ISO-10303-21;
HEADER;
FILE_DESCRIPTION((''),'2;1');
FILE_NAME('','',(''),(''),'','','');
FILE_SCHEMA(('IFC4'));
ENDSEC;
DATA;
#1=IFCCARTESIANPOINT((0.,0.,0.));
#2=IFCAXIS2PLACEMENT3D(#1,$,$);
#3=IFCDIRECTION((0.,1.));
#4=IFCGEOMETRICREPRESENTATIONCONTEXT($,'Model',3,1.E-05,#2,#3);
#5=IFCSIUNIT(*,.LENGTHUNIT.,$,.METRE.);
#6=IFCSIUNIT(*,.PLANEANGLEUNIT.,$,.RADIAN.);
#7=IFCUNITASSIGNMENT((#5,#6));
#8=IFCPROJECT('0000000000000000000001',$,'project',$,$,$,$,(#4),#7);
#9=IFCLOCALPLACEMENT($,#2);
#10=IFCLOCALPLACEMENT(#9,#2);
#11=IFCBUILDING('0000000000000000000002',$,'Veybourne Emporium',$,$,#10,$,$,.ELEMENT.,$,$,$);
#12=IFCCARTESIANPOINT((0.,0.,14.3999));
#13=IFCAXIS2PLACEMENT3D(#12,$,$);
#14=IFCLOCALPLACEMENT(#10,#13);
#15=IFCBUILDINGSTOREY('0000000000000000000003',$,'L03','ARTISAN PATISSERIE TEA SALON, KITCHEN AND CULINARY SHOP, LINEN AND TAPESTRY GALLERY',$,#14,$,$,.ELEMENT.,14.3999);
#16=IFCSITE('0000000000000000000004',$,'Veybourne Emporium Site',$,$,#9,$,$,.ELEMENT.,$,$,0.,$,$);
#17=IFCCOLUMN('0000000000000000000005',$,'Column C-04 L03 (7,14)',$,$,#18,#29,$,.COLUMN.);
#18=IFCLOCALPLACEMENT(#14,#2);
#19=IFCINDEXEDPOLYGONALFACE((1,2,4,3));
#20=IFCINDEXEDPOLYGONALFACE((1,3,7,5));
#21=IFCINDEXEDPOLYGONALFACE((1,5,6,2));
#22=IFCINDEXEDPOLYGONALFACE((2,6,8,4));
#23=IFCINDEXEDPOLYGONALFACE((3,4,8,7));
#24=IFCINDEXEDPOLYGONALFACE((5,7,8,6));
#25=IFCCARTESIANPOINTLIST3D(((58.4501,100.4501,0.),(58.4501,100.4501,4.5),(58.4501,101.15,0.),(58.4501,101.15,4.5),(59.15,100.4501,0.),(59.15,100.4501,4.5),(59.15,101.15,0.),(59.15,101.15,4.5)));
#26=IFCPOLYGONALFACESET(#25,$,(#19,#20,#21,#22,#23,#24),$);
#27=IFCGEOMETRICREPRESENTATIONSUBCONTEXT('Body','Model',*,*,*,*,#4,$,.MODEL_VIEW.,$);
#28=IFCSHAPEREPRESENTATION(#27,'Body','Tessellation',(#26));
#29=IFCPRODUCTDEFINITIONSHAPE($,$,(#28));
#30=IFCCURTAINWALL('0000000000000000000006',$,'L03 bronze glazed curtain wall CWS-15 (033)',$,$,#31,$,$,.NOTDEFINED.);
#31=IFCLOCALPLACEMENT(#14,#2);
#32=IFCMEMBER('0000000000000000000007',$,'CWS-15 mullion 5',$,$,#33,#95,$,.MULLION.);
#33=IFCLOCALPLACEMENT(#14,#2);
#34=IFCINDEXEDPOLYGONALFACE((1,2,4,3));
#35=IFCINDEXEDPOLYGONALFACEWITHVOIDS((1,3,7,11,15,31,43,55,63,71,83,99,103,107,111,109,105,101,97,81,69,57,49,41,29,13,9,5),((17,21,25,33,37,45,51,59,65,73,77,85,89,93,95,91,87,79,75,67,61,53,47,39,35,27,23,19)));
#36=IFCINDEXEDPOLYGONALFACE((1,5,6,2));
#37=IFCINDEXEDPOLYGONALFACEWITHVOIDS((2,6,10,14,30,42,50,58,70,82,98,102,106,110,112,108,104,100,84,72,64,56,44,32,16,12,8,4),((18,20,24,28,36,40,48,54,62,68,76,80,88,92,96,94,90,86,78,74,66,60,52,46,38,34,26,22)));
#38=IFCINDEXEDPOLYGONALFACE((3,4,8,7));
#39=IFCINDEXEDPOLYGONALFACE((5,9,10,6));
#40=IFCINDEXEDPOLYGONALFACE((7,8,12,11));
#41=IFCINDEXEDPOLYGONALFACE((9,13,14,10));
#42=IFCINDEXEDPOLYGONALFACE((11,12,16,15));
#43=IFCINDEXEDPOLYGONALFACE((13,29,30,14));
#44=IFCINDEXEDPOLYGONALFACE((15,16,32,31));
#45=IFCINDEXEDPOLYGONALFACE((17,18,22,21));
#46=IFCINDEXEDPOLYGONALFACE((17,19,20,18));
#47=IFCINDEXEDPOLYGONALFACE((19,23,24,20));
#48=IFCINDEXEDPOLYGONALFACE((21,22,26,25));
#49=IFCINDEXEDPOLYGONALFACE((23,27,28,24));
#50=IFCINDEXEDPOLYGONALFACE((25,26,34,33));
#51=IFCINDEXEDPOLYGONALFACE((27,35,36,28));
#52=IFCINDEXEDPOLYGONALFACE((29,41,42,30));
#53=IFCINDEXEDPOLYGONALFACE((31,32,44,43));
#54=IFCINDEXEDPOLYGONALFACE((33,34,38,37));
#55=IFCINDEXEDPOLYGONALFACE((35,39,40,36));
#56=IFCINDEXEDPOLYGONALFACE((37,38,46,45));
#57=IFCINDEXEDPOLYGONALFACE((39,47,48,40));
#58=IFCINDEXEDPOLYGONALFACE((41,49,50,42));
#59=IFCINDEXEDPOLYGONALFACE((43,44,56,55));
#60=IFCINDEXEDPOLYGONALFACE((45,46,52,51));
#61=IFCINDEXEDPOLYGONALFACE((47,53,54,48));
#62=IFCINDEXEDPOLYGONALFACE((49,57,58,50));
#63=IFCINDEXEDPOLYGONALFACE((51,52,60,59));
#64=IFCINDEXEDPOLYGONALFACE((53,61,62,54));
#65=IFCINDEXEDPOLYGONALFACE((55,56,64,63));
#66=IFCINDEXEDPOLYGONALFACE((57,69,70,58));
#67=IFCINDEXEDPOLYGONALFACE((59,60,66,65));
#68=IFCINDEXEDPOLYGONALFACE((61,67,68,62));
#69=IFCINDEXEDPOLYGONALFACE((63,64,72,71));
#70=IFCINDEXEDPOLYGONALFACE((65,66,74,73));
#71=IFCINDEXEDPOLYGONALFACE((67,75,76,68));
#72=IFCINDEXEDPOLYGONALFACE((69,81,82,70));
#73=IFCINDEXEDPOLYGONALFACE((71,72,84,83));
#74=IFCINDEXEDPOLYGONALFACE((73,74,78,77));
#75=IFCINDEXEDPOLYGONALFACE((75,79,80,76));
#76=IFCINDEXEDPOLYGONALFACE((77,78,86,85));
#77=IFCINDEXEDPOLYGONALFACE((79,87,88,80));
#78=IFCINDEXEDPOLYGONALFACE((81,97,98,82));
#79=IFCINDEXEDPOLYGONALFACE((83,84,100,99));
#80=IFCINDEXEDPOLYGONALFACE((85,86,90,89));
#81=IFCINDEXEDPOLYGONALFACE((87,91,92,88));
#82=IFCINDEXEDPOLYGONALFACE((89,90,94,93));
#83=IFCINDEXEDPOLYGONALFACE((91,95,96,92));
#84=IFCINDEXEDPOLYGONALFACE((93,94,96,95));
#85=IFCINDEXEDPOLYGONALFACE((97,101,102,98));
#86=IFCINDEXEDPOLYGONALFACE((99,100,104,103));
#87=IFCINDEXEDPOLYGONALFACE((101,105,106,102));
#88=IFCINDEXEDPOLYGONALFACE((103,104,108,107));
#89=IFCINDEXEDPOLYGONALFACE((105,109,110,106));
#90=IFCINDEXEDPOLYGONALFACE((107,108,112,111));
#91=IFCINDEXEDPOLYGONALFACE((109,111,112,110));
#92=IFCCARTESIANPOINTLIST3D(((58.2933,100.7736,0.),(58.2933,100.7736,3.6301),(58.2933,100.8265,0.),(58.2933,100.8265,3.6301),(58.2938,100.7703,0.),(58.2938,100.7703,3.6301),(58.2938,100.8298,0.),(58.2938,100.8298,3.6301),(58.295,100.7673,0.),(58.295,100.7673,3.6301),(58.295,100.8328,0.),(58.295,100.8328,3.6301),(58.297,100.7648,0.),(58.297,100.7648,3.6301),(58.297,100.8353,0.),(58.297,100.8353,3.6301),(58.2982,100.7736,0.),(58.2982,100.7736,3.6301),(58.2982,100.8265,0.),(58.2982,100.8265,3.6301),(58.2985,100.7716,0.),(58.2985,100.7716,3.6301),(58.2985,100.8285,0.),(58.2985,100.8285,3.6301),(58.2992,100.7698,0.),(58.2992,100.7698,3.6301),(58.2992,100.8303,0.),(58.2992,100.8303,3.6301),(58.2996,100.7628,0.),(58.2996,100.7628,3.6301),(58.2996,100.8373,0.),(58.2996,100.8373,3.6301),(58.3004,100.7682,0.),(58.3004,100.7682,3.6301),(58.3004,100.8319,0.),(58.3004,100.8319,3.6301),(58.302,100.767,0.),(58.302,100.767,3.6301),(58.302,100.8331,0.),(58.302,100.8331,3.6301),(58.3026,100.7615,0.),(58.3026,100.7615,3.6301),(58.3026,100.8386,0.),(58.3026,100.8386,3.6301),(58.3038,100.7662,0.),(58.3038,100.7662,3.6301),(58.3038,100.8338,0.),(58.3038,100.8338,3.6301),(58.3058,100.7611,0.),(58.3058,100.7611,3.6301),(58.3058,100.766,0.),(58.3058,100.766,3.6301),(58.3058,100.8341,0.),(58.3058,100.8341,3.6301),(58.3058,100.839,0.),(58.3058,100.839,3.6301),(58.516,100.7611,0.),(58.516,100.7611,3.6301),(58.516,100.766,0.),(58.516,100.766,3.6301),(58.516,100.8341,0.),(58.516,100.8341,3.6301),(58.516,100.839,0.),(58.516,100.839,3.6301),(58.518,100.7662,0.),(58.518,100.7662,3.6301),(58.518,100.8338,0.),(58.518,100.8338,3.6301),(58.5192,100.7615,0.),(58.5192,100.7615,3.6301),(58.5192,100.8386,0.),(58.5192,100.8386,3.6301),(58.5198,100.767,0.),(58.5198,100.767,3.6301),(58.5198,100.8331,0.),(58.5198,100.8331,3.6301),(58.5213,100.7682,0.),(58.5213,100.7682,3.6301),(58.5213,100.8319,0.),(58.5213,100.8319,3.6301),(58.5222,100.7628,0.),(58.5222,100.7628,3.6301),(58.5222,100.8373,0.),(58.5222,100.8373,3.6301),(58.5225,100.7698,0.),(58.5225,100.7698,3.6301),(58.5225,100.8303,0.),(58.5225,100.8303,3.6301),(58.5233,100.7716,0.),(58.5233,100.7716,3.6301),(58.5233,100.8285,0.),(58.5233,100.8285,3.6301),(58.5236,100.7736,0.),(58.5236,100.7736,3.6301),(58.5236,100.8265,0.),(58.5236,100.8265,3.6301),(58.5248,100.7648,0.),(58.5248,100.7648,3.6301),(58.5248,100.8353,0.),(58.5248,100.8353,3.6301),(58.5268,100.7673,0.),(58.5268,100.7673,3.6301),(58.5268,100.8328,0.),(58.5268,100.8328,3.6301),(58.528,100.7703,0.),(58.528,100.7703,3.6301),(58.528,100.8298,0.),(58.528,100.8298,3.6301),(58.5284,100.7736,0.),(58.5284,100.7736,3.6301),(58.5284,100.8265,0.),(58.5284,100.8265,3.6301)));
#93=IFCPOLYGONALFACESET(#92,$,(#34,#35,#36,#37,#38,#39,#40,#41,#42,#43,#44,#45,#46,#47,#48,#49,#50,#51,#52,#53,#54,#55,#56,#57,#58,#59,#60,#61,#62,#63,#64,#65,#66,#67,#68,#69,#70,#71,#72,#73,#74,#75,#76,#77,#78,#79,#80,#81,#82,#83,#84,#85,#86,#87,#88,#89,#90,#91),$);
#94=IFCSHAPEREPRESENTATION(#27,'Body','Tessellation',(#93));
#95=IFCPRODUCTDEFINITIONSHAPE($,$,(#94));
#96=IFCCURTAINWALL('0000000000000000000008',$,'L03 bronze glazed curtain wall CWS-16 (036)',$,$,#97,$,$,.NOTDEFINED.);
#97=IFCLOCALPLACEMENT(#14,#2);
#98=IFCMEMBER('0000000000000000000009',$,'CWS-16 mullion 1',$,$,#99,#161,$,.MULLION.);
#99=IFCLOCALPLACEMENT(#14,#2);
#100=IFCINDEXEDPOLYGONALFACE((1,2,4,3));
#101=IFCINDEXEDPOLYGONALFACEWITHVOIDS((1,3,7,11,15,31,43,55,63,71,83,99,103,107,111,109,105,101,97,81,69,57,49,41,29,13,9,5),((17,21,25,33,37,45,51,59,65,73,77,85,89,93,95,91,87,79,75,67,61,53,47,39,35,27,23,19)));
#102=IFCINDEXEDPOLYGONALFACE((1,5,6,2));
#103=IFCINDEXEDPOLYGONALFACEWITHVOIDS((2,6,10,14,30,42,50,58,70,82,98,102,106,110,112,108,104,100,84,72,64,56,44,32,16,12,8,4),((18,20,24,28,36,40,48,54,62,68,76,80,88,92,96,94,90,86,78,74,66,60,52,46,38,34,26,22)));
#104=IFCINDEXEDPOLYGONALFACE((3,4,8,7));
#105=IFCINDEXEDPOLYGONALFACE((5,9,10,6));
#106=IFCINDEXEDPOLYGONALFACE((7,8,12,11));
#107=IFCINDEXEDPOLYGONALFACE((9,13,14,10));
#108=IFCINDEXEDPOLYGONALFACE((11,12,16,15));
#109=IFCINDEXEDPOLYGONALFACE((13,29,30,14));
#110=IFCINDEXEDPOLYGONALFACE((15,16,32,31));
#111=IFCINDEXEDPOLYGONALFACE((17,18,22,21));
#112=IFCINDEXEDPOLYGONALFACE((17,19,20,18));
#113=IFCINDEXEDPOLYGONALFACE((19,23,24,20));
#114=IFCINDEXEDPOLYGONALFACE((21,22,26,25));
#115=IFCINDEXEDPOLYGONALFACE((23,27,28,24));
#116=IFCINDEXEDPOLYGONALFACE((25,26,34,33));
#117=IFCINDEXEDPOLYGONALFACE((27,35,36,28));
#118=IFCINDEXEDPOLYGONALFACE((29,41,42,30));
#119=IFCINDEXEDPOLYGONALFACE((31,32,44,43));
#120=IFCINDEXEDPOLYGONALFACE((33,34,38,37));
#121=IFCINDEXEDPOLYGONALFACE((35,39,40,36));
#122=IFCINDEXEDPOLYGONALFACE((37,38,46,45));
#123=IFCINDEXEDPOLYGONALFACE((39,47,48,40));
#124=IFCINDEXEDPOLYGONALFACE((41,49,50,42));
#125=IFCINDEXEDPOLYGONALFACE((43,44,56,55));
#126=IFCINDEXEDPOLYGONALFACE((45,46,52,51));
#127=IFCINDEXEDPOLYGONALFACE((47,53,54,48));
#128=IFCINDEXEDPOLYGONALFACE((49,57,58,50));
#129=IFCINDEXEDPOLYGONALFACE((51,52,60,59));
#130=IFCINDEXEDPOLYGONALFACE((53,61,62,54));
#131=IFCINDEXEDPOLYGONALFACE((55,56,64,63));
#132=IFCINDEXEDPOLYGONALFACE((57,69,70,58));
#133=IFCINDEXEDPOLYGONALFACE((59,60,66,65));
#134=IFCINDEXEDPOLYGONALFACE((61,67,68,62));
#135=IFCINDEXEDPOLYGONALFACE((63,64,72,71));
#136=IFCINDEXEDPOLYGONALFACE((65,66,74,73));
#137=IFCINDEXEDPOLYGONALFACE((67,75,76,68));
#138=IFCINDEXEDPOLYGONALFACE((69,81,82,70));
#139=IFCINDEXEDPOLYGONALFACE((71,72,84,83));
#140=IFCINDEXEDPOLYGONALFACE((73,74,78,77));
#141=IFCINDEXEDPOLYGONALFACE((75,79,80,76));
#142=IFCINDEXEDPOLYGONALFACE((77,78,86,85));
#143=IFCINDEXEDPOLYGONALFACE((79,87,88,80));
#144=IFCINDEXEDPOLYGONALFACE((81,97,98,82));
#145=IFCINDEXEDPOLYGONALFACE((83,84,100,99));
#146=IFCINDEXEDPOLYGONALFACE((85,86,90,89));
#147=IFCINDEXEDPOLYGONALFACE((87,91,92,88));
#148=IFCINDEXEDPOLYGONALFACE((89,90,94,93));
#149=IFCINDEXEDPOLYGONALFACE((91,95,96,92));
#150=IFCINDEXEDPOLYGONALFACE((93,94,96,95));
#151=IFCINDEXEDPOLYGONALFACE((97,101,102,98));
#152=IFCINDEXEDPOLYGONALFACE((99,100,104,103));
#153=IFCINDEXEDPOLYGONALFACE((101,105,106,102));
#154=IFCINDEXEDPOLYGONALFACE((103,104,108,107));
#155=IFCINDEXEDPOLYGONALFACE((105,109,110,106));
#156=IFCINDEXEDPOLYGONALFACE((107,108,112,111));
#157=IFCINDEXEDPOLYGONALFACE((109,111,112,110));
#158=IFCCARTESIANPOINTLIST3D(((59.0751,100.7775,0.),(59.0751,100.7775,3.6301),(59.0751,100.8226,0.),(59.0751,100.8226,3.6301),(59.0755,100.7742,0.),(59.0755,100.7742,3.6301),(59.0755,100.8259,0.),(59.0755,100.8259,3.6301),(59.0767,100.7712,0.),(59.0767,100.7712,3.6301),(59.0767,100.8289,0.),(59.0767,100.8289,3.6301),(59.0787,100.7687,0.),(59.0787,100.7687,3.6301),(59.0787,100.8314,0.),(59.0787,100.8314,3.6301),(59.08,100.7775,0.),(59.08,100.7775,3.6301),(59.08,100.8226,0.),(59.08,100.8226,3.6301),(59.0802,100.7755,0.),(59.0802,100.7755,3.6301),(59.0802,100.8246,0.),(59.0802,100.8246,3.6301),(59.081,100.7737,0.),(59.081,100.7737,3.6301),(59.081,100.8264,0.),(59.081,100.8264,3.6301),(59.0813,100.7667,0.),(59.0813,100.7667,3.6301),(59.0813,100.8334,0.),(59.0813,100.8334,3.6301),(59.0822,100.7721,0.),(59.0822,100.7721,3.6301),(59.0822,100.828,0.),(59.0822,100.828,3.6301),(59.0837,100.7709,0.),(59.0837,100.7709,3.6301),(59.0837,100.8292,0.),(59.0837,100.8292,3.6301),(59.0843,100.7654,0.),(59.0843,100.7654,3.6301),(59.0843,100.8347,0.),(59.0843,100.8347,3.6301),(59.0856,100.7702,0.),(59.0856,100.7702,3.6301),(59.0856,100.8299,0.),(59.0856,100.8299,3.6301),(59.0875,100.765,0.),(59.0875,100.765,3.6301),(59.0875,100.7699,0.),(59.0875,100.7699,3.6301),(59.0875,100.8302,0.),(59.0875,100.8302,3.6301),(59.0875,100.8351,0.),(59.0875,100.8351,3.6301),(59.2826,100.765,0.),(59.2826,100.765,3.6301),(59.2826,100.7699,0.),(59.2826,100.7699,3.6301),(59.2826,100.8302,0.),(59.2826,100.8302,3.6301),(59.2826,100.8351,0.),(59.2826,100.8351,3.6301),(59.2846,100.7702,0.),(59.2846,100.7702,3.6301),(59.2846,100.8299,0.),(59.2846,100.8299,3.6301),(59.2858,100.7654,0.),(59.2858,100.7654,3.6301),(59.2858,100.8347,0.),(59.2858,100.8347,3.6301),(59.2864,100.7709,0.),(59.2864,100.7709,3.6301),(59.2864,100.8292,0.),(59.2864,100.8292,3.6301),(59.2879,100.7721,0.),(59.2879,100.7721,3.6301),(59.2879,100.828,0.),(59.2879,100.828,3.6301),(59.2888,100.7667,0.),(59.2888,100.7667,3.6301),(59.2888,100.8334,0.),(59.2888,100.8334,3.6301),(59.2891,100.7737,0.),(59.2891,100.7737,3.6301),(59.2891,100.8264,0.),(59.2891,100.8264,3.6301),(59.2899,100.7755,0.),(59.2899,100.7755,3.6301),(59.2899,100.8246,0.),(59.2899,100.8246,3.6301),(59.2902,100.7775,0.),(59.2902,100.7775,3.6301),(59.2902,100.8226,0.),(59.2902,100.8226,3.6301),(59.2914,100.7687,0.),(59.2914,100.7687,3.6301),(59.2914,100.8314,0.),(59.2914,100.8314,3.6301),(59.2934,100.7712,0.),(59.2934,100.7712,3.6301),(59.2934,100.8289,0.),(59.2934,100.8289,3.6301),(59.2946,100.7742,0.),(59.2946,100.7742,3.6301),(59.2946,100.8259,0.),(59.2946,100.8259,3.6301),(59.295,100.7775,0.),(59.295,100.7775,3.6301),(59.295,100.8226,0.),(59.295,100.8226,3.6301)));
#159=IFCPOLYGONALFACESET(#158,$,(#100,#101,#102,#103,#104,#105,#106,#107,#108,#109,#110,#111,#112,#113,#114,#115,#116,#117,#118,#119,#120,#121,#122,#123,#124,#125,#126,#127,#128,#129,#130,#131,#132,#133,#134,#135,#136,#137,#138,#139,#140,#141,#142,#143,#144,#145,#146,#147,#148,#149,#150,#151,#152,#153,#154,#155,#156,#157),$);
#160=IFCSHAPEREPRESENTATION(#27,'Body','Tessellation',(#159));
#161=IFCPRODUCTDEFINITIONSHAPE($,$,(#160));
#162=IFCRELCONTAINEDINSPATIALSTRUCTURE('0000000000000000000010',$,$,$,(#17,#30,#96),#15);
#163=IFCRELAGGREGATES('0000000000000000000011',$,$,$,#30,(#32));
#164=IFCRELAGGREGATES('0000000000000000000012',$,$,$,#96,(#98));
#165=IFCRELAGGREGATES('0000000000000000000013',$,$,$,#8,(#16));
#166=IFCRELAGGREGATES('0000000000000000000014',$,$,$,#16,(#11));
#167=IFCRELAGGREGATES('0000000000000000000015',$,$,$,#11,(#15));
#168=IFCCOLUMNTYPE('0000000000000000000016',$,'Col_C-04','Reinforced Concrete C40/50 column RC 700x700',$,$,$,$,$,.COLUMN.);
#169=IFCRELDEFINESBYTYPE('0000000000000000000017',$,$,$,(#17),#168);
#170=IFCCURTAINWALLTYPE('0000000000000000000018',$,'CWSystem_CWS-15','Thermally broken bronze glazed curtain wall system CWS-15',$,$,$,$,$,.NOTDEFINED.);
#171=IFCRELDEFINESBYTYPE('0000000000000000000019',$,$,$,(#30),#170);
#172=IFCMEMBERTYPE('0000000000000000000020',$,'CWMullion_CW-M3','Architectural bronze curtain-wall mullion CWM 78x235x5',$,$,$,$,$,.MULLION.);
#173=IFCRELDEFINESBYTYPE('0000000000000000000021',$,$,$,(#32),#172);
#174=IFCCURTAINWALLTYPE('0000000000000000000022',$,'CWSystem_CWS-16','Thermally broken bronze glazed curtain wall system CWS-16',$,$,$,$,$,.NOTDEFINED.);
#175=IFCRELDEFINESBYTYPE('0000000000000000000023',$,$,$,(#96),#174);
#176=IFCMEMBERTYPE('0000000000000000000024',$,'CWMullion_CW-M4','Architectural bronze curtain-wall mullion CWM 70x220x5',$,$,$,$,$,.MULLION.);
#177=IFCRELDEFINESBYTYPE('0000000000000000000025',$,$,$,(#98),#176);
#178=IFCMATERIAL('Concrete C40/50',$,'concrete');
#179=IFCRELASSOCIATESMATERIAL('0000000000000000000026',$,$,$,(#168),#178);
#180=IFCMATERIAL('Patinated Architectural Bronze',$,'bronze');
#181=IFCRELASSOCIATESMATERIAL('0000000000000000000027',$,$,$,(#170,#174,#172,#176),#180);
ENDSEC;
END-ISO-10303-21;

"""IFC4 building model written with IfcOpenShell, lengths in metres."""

from ifc_helpers import new_model, si_unit, direction, frame, origin, origin_2d, place, context, subcontext, project, spatial, rectangle, hollow_rectangle, extrude, material, material_profile, profile_set, type_object, element, aggregate, save


model = new_model("IFC4")

# Units and contexts
model_context = context("Model", 3, precision=1e-05, world=origin(), true_north=direction((0.0, 1.0)))
body_context = subcontext(model_context, "Body", "Model", "MODEL_VIEW")
ifc_project = project(units=[si_unit("LENGTHUNIT", "METRE"), si_unit("PLANEANGLEUNIT", "RADIAN")], contexts=[model_context])

# Site, building, storey
site_placement = place(None, origin())
site = spatial("IfcSite", under=ifc_project, at=site_placement, Name="Veybourne Emporium Site", CompositionType="ELEMENT", RefElevation=0.0)
building_placement = place(site_placement, origin())
building = spatial("IfcBuilding", under=site, at=building_placement, Name="Veybourne Emporium", CompositionType="ELEMENT")
storey_placement = place(building_placement, frame((0.0, 0.0, 14.3999)))
storey = spatial("IfcBuildingStorey", under=building, at=storey_placement, Name="L03", Description="ARTISAN PATISSERIE TEA SALON, KITCHEN AND CULINARY SHOP, LINEN AND TAPESTRY GALLERY", CompositionType="ELEMENT", Elevation=14.3999)

# Column
ifc_material_1 = material(Name="Concrete C40/50", Category="concrete")
ifc_material_profile_1 = material_profile(ifc_material_1, rectangle(XDim=0.7, YDim=0.7, at=origin_2d()), Name="RC 700x700")
ifc_profile_set_1 = profile_set([ifc_material_profile_1], Name="Concrete C40/50")
column_type = type_object("IfcColumnType", Name="Col_C-04", Description="Reinforced Concrete C40/50 column RC 700x700", PredefinedType="COLUMN", material=ifc_profile_set_1)
column_placement = place(storey_placement, frame((58.8, 100.8, 0.0), z_axis=(0.0, 0.0, 1.0), x_axis=(1.0, 0.0, 0.0)))
element("IfcColumn", 1, at=column_placement, inside=storey, type_object=column_type, Name="Column C-04 L03 (7,14)", PredefinedType="COLUMN", context=body_context, shape_type="SweptSolid", body=[
    extrude(rectangle(XDim=0.7, YDim=0.7, at=origin_2d()), origin(), (0.0, 0.0, 1.0), 4.5),
])

# Curtain wall, member
ifc_material_2 = material(Name="Patinated Architectural Bronze", Category="bronze")
curtain_wall_type_1 = type_object("IfcCurtainWallType", Name="CWSystem_CWS-15", Description="Thermally broken bronze glazed curtain wall system CWS-15", PredefinedType="NOTDEFINED", material=ifc_material_2)
curtain_wall_1_placement = place(storey_placement, origin())
curtain_wall_1 = element("IfcCurtainWall", 2, at=curtain_wall_1_placement, inside=storey, type_object=curtain_wall_type_1, Name="L03 bronze glazed curtain wall CWS-15 (033)", PredefinedType="NOTDEFINED")
ifc_material_profile_2 = material_profile(ifc_material_2, hollow_rectangle(XDim=0.0779, YDim=0.2351, WallThickness=0.0049, InnerFilletRadius=0.0076, OuterFilletRadius=0.0125, at=origin_2d()), Name="CWM 78x235x5")
ifc_profile_set_2 = profile_set([ifc_material_profile_2], Name="Patinated Architectural Bronze")
member_type_1 = type_object("IfcMemberType", Name="CWMullion_CW-M3", Description="Architectural bronze curtain-wall mullion CWM 78x235x5", PredefinedType="MULLION", material=ifc_profile_set_2)
member_1_placement = place(storey_placement, frame((58.4109, 100.8, 0.0), z_axis=(0.0, 0.0, 1.0), x_axis=(0.0, 1.0, 0.0)))
member_1 = element("IfcMember", 3, at=member_1_placement, type_object=member_type_1, Name="CWS-15 mullion 5", PredefinedType="MULLION", context=body_context, shape_type="SweptSolid", body=[
    extrude(hollow_rectangle(XDim=0.0779, YDim=0.2351, WallThickness=0.0049, InnerFilletRadius=0.0076, OuterFilletRadius=0.0125, at=origin_2d()), origin(), (0.0, 0.0, 1.0), 3.6301),
])

# Curtain wall, member
curtain_wall_type_2 = type_object("IfcCurtainWallType", Name="CWSystem_CWS-16", Description="Thermally broken bronze glazed curtain wall system CWS-16", PredefinedType="NOTDEFINED", material=ifc_material_2)
curtain_wall_2_placement = place(storey_placement, origin())
curtain_wall_2 = element("IfcCurtainWall", 4, at=curtain_wall_2_placement, inside=storey, type_object=curtain_wall_type_2, Name="L03 bronze glazed curtain wall CWS-16 (036)", PredefinedType="NOTDEFINED")
ifc_material_profile_3 = material_profile(ifc_material_2, hollow_rectangle(XDim=0.0701, YDim=0.22, WallThickness=0.0049, InnerFilletRadius=0.0076, OuterFilletRadius=0.0125, at=origin_2d()), Name="CWM 70x220x5")
ifc_profile_set_3 = profile_set([ifc_material_profile_3], Name="Patinated Architectural Bronze")
member_type_2 = type_object("IfcMemberType", Name="CWMullion_CW-M4", Description="Architectural bronze curtain-wall mullion CWM 70x220x5", PredefinedType="MULLION", material=ifc_profile_set_3)
member_2_placement = place(storey_placement, frame((59.1851, 100.8, 0.0), z_axis=(0.0, 0.0, 1.0), x_axis=(0.0, 1.0, 0.0)))
member_2 = element("IfcMember", 5, at=member_2_placement, type_object=member_type_2, Name="CWS-16 mullion 1", PredefinedType="MULLION", context=body_context, shape_type="SweptSolid", body=[
    extrude(hollow_rectangle(XDim=0.0701, YDim=0.22, WallThickness=0.0049, InnerFilletRadius=0.0076, OuterFilletRadius=0.0125, at=origin_2d()), origin(), (0.0, 0.0, 1.0), 3.6301),
])

aggregate(curtain_wall_1, [member_1])
aggregate(curtain_wall_2, [member_2])

save(model, "model.ifc")
